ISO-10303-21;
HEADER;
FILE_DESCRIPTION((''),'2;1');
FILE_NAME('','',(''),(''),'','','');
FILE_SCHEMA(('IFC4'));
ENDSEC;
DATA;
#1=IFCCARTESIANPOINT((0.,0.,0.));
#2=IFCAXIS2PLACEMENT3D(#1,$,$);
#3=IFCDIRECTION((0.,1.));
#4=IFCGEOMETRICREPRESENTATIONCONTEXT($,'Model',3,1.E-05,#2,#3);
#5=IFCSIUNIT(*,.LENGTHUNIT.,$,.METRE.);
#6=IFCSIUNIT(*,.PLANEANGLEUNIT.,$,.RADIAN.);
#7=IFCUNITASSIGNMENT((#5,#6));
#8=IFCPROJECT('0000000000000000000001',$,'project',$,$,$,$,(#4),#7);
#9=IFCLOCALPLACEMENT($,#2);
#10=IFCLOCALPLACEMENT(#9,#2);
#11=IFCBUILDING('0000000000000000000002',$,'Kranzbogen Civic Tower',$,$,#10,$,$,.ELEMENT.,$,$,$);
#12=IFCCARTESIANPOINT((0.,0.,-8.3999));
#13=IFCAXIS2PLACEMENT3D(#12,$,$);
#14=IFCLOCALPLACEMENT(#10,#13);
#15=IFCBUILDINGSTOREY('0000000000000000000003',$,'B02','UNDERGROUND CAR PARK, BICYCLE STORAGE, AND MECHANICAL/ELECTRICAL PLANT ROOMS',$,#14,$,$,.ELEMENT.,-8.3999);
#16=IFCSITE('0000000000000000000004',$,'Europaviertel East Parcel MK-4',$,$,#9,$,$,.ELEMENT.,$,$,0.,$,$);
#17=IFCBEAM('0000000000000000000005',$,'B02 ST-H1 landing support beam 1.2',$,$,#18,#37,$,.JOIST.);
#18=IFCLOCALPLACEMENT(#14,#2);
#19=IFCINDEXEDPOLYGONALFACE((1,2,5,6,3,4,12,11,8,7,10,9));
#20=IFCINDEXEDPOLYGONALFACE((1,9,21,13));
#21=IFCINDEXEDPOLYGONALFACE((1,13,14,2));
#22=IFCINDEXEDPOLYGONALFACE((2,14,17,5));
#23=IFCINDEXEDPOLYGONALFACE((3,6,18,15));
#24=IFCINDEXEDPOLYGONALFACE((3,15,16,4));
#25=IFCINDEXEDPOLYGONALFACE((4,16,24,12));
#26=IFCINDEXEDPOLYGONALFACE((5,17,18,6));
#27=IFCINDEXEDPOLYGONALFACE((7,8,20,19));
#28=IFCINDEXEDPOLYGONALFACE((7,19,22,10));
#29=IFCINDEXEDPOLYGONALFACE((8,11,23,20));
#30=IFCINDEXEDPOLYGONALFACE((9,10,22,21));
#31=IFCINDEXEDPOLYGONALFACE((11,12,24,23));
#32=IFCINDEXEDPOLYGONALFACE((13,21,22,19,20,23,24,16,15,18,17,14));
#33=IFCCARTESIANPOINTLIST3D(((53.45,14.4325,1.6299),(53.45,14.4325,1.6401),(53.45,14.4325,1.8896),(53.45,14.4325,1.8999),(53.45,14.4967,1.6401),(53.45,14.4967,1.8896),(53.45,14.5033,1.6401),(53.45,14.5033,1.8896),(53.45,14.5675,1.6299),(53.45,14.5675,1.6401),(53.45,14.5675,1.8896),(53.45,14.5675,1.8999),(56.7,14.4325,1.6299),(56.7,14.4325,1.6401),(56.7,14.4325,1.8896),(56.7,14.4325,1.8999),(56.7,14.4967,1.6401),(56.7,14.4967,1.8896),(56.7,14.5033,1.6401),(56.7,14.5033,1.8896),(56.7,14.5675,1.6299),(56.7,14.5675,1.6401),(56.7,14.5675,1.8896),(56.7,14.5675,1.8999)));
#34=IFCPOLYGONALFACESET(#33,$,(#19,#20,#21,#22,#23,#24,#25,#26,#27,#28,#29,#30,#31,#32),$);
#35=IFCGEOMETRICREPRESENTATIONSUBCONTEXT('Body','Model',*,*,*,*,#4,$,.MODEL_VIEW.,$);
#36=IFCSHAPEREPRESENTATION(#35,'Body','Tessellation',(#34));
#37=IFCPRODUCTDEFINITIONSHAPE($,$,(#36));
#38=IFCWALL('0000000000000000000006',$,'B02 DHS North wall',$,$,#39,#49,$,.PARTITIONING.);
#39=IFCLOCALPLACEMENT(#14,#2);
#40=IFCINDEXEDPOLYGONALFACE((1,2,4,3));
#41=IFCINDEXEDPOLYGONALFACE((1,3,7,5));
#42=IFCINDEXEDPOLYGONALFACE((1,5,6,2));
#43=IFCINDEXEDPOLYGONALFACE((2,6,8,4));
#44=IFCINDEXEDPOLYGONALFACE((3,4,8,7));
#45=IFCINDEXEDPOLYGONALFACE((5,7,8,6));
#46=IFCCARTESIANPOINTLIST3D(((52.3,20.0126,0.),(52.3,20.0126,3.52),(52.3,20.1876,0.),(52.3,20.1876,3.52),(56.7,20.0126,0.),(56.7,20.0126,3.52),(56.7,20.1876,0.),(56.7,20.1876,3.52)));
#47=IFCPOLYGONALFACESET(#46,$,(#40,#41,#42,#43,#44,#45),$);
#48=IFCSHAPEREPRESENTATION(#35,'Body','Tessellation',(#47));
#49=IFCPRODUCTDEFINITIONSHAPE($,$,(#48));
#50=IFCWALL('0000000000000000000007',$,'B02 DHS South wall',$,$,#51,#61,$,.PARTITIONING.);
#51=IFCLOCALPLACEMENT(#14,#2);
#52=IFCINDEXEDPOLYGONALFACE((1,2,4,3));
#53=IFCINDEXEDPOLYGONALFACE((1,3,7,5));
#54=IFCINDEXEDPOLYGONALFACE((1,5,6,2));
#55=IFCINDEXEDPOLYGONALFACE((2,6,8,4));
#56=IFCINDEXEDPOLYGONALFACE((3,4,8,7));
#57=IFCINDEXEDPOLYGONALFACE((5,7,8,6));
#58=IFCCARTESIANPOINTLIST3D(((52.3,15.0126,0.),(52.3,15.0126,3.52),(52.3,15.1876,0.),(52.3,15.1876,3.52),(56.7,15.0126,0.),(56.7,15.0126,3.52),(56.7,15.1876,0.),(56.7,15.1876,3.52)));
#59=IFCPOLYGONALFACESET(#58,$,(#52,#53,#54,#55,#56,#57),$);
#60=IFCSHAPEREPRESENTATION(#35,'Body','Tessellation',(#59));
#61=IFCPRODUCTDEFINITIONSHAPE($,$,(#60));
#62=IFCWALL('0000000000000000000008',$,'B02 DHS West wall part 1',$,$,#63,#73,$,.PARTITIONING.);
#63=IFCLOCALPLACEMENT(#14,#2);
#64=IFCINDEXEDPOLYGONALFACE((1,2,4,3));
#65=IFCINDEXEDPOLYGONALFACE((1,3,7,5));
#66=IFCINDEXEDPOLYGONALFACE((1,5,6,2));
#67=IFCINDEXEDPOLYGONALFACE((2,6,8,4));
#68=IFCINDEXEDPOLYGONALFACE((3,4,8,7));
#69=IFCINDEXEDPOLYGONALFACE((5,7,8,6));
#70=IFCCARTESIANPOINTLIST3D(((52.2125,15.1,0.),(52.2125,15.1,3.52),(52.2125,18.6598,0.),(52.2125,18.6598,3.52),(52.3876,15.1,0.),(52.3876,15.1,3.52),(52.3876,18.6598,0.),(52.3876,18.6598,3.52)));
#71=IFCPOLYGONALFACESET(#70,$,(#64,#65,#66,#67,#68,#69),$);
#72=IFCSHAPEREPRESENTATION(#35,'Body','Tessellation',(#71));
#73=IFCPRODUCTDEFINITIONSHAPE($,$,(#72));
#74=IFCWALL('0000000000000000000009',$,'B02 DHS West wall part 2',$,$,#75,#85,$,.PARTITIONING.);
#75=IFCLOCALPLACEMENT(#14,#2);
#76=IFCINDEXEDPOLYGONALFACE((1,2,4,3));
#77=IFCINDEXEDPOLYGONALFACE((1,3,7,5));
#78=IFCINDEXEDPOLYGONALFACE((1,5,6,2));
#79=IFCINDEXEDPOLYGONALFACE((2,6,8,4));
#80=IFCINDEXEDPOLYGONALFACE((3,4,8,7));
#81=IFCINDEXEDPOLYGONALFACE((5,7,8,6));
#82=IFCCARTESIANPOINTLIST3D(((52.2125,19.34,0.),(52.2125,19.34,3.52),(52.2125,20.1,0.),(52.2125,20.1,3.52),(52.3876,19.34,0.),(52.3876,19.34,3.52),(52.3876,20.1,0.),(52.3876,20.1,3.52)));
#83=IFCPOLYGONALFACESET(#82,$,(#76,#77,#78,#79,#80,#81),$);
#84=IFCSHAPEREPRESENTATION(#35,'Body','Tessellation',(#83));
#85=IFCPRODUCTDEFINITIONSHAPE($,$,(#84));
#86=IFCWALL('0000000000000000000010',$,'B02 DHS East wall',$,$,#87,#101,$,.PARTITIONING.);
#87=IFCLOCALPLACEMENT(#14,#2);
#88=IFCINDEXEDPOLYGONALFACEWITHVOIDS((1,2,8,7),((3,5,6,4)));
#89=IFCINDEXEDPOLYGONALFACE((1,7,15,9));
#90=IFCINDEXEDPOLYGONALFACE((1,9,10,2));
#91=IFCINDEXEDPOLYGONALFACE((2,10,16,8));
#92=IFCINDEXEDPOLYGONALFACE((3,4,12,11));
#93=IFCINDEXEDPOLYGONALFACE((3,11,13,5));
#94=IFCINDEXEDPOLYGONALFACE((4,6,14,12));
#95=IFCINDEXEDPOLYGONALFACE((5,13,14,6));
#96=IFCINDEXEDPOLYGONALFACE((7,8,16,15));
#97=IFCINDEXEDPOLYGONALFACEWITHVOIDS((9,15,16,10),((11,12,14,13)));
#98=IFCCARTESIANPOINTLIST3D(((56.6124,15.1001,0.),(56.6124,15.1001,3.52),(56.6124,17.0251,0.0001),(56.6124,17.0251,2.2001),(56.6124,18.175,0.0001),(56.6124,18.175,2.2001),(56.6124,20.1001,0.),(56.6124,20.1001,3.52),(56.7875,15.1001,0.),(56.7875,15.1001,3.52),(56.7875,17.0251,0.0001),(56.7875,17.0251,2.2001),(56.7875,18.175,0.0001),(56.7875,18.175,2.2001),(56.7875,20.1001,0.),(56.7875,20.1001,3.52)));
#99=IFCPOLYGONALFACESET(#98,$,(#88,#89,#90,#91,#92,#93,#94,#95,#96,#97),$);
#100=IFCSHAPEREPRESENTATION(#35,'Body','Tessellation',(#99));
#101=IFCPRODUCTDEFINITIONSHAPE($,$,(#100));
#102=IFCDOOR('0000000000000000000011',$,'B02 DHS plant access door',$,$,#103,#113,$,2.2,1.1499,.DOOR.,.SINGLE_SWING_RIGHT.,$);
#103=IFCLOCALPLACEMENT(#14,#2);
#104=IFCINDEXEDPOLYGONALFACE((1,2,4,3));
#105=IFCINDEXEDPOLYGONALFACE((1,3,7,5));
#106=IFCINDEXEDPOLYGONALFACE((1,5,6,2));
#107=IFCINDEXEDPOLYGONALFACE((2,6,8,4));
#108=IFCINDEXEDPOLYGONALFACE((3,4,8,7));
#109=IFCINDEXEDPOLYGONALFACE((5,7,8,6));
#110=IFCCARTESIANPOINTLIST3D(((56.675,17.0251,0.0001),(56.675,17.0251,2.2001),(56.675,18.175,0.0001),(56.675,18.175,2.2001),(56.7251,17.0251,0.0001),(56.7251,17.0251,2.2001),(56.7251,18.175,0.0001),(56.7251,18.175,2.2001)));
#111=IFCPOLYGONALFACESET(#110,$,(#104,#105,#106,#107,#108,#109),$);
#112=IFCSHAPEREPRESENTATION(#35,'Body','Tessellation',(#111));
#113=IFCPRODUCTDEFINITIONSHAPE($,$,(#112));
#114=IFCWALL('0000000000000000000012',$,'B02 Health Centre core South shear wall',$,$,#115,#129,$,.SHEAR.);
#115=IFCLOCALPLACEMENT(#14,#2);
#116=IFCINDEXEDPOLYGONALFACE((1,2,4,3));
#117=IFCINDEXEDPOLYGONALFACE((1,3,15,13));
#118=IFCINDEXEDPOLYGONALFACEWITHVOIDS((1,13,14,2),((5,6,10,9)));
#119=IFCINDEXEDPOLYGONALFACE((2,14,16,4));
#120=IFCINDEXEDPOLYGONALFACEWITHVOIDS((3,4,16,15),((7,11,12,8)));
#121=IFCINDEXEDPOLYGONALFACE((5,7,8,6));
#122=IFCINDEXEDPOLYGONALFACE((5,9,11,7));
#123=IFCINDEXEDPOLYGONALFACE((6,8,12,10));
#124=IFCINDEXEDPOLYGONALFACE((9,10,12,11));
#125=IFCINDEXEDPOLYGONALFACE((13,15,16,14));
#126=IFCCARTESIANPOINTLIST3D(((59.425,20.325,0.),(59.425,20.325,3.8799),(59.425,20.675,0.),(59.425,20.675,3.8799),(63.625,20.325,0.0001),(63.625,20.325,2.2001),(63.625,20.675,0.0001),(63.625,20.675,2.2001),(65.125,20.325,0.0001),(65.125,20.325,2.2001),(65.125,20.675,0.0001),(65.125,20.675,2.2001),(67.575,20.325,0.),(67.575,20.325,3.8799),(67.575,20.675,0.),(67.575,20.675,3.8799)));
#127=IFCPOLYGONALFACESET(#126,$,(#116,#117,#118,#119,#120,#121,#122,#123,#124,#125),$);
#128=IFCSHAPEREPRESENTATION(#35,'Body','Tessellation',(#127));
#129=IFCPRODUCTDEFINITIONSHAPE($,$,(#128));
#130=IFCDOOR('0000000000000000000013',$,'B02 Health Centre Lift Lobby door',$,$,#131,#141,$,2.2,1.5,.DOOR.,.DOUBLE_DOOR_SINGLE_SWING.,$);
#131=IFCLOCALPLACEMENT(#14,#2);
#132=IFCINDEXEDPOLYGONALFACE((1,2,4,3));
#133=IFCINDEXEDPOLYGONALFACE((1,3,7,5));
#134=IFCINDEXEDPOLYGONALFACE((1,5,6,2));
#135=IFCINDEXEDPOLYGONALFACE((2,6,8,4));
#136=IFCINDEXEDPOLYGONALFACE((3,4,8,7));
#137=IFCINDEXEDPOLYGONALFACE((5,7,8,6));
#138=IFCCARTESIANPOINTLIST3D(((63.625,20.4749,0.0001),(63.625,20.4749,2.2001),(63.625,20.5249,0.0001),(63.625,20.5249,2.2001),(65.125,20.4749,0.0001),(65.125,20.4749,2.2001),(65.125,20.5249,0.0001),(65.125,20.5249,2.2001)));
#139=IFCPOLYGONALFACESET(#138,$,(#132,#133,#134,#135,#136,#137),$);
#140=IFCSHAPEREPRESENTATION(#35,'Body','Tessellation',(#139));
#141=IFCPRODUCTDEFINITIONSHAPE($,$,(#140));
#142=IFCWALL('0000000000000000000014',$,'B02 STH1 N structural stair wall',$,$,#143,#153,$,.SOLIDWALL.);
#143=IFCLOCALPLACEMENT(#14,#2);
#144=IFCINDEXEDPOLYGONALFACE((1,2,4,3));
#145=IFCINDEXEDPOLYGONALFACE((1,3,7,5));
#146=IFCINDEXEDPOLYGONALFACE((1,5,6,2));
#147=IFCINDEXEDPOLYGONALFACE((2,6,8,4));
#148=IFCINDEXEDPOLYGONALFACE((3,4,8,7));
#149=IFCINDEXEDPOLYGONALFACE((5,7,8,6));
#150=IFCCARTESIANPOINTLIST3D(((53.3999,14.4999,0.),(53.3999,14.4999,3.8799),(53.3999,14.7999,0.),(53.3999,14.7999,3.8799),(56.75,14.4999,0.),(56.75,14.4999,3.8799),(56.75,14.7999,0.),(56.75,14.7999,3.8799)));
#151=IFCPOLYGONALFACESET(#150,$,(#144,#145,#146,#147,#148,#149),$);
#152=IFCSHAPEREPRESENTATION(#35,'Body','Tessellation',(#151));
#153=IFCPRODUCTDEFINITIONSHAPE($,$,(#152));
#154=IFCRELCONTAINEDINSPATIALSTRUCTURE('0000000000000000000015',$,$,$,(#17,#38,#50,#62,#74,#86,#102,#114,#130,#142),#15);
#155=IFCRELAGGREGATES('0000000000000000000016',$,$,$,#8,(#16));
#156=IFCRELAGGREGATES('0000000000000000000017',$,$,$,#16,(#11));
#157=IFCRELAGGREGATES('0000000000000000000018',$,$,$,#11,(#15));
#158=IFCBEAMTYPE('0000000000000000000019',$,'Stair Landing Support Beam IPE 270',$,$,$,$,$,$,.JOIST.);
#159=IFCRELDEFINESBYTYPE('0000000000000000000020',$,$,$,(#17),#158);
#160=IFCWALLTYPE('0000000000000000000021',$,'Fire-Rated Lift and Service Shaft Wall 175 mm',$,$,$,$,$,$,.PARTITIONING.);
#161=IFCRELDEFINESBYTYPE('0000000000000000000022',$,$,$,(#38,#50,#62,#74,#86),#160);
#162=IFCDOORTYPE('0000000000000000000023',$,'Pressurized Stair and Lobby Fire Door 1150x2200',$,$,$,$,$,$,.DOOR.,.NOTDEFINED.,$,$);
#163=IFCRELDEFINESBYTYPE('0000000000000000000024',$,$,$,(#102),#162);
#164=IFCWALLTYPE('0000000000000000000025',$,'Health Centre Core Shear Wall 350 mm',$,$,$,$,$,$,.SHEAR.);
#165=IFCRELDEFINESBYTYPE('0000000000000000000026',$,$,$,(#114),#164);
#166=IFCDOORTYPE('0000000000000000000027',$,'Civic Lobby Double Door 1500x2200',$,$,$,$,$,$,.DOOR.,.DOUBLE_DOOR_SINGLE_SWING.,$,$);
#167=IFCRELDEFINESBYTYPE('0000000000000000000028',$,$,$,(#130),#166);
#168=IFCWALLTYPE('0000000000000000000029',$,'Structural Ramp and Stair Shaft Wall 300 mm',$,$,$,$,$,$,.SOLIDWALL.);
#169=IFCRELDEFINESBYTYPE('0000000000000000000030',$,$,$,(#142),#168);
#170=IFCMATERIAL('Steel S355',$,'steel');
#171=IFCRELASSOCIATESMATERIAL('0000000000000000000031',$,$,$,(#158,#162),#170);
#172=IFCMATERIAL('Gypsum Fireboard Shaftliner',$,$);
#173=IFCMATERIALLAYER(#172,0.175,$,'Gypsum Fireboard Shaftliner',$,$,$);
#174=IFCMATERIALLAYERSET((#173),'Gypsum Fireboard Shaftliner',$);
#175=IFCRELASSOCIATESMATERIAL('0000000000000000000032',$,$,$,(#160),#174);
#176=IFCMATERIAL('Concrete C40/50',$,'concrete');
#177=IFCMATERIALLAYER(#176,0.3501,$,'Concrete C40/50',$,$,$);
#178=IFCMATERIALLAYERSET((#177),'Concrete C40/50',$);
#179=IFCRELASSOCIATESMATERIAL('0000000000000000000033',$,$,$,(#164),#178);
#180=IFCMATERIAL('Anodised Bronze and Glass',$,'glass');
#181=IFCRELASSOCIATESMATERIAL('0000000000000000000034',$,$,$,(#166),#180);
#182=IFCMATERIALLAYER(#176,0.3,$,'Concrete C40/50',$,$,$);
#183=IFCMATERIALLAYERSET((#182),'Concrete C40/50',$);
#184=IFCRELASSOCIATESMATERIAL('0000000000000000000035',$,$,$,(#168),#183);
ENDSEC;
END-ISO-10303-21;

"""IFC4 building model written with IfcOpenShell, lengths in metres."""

from ifc_helpers import new_model, si_unit, direction, frame, frame_2d, origin, origin_2d, place, context, subcontext, project, spatial, rectangle, i_section, extrude, material, layer, layer_set, material_profile, profile_set, type_object, element, fill, save


model = new_model("IFC4")

# Units and contexts
model_context = context("Model", 3, precision=1e-05, world=origin(), true_north=direction((0.0, 1.0)))
body_context = subcontext(model_context, "Body", "Model", "MODEL_VIEW")
ifc_project = project(units=[si_unit("LENGTHUNIT", "METRE"), si_unit("PLANEANGLEUNIT", "RADIAN")], contexts=[model_context])

# Site, building, storey
site_placement = place(None, origin())
site = spatial("IfcSite", under=ifc_project, at=site_placement, Name="Europaviertel East Parcel MK-4", CompositionType="ELEMENT", RefElevation=0.0)
building_placement = place(site_placement, origin())
building = spatial("IfcBuilding", under=site, at=building_placement, Name="Kranzbogen Civic Tower", CompositionType="ELEMENT")
storey_placement = place(building_placement, frame((0.0, 0.0, -8.3999)))
storey = spatial("IfcBuildingStorey", under=building, at=storey_placement, Name="B02", Description="UNDERGROUND CAR PARK, BICYCLE STORAGE, AND MECHANICAL/ELECTRICAL PLANT ROOMS", CompositionType="ELEMENT", Elevation=-8.3999)

# Shared definitions
ifc_material_1 = material(Name="Concrete C40/50", Category="concrete")

# Shared definitions
ifc_material_2 = material(Name="Steel S355", Category="steel")

# Beam
ifc_material_profile_1 = material_profile(ifc_material_2, i_section(OverallWidth=0.135, OverallDepth=0.27, WebThickness=0.0066, FlangeThickness=0.0103, at=origin_2d()), Name="IPE 270")
ifc_profile_set_1 = profile_set([ifc_material_profile_1], Name="Steel S355")
beam_type_1 = type_object("IfcBeamType", Name="Stair Landing Support Beam IPE 270", PredefinedType="JOIST", material=ifc_profile_set_1)
beam_1_placement = place(storey_placement, frame((56.7, 14.5, 1.7649), z_axis=(-1.0, 0.0, 0.0), x_axis=(0.0, -1.0, 0.0)))
element("IfcBeam", 1, at=beam_1_placement, inside=storey, type_object=beam_type_1, Name="B02 ST-H1 landing support beam 1.2", PredefinedType="JOIST", context=body_context, shape_type="SweptSolid", body=[
    extrude(i_section(OverallWidth=0.135, OverallDepth=0.27, WebThickness=0.0066, FlangeThickness=0.0103, at=origin_2d()), origin(), (0.0, 0.0, 1.0), 3.25),
])

# Walls
ifc_material_3 = material(Name="Gypsum Fireboard Shaftliner")
ifc_layer_1 = layer(ifc_material_3, 0.175, Name="Gypsum Fireboard Shaftliner")
ifc_layer_set_1 = layer_set([ifc_layer_1], Name="Gypsum Fireboard Shaftliner")
wall_type_1 = type_object("IfcWallType", Name="Fire-Rated Lift and Service Shaft Wall 175 mm", PredefinedType="PARTITIONING", material=ifc_layer_set_1)
for number, where, z_axis, x_axis, name in (
    (2, (52.3, 20.1001, 0.0), (0.0, 0.0, 1.0), (1.0, 0.0, 0.0), "B02 DHS North wall"),
    (3, (52.3, 15.1001, 0.0), (0.0, 0.0, 1.0), (1.0, 0.0, 0.0), "B02 DHS South wall"),
):
    element("IfcWall", number, at=place(storey_placement, frame(where, z_axis=z_axis, x_axis=x_axis)), inside=storey, type_object=wall_type_1, Name=name, PredefinedType="PARTITIONING", context=body_context, shape_type="SweptSolid", body=[
        extrude(rectangle(XDim=4.3999, YDim=0.175, at=frame_2d((2.2, 0.0))), origin(), (0.0, 0.0, 1.0), 3.52),
    ])
wall_1_placement = place(storey_placement, frame((52.3, 15.1001, 0.0), z_axis=(0.0, 0.0, 1.0), x_axis=(0.0, 1.0, 0.0)))
element("IfcWall", 4, at=wall_1_placement, inside=storey, type_object=wall_type_1, Name="B02 DHS West wall part 1", PredefinedType="PARTITIONING", context=body_context, shape_type="SweptSolid", body=[
    extrude(rectangle(XDim=3.5598, YDim=0.175, at=frame_2d((1.7798, 0.0))), origin(), (0.0, 0.0, 1.0), 3.52),
])
wall_2_placement = place(storey_placement, frame((52.3, 19.3401, 0.0), z_axis=(0.0, 0.0, 1.0), x_axis=(0.0, 1.0, 0.0)))
element("IfcWall", 5, at=wall_2_placement, inside=storey, type_object=wall_type_1, Name="B02 DHS West wall part 2", PredefinedType="PARTITIONING", context=body_context, shape_type="SweptSolid", body=[
    extrude(rectangle(XDim=0.76, YDim=0.175, at=frame_2d((0.3799, 0.0))), origin(), (0.0, 0.0, 1.0), 3.52),
])

# Walls, openings, doors
wall_3_placement = place(storey_placement, frame((56.7, 15.1001, 0.0), z_axis=(0.0, 0.0, 1.0), x_axis=(0.0, 1.0, 0.0)))
wall_3 = element("IfcWall", 6, at=wall_3_placement, inside=storey, type_object=wall_type_1, Name="B02 DHS East wall", PredefinedType="PARTITIONING", context=body_context, shape_type="SweptSolid", body=[
    extrude(rectangle(XDim=5.0, YDim=0.175, at=frame_2d((2.5, 0.0))), origin(), (0.0, 0.0, 1.0), 3.52),
])
opening_1_placement = place(wall_3_placement, frame((1.925, 0.0, 0.0)))
opening_1 = element("IfcOpeningElement", 7, at=opening_1_placement, cuts=wall_3, PredefinedType="OPENING", context=body_context, shape_type="SweptSolid", body=[
    extrude(rectangle(XDim=1.1499, YDim=2.2, at=frame_2d((0.575, 1.1001))), frame((0.0, 0.0977, 0.0), z_axis=(0.0, -1.0, 0.0), x_axis=(1.0, 0.0, 0.0)), (0.0, 0.0, 1.0), 0.1951),
])
door_type_1 = type_object("IfcDoorType", Name="Pressurized Stair and Lobby Fire Door 1150x2200", OperationType="NOTDEFINED", PredefinedType="DOOR", material=ifc_material_2)
door_1_placement = place(opening_1_placement, origin())
door_1 = element("IfcDoor", 8, at=door_1_placement, inside=storey, type_object=door_type_1, Name="B02 DHS plant access door", OperationType="SINGLE_SWING_RIGHT", OverallHeight=2.2, OverallWidth=1.1499, PredefinedType="DOOR", context=body_context, shape_type="SweptSolid", body=[
    extrude(rectangle(XDim=1.1499, YDim=2.2, at=frame_2d((0.575, 1.1001))), frame((0.0, 0.0249, 0.0), z_axis=(0.0, -1.0, 0.0), x_axis=(1.0, 0.0, 0.0)), (0.0, 0.0, 1.0), 0.05),
])
fill(opening_1, door_1)
ifc_layer_2 = layer(ifc_material_1, 0.3501, Name="Concrete C40/50")
ifc_layer_set_2 = layer_set([ifc_layer_2], Name="Concrete C40/50")
wall_type_2 = type_object("IfcWallType", Name="Health Centre Core Shear Wall 350 mm", PredefinedType="SHEAR", material=ifc_layer_set_2)
wall_4_placement = place(storey_placement, frame((59.425, 20.5, 0.0), z_axis=(0.0, 0.0, 1.0), x_axis=(1.0, 0.0, 0.0)))
wall_4 = element("IfcWall", 9, at=wall_4_placement, inside=storey, type_object=wall_type_2, Name="B02 Health Centre core South shear wall", PredefinedType="SHEAR", context=body_context, shape_type="SweptSolid", body=[
    extrude(rectangle(XDim=8.1499, YDim=0.3501, at=frame_2d((4.075, 0.0))), origin(), (0.0, 0.0, 1.0), 3.8799),
])
opening_2_placement = place(wall_4_placement, frame((4.2, 0.0, 0.0)))
opening_2 = element("IfcOpeningElement", 10, at=opening_2_placement, cuts=wall_4, PredefinedType="OPENING", context=body_context, shape_type="SweptSolid", body=[
    extrude(rectangle(XDim=1.5, YDim=2.2, at=frame_2d((0.75, 1.1001))), frame((0.0, 0.1851, 0.0), z_axis=(0.0, -1.0, 0.0), x_axis=(1.0, 0.0, 0.0)), (0.0, 0.0, 1.0), 0.3701),
])
ifc_material_4 = material(Name="Anodised Bronze and Glass", Category="glass")
door_type_2 = type_object("IfcDoorType", Name="Civic Lobby Double Door 1500x2200", OperationType="DOUBLE_DOOR_SINGLE_SWING", PredefinedType="DOOR", material=ifc_material_4)
door_2_placement = place(opening_2_placement, origin())
door_2 = element("IfcDoor", 11, at=door_2_placement, inside=storey, type_object=door_type_2, Name="B02 Health Centre Lift Lobby door", OperationType="DOUBLE_DOOR_SINGLE_SWING", OverallHeight=2.2, OverallWidth=1.5, PredefinedType="DOOR", context=body_context, shape_type="SweptSolid", body=[
    extrude(rectangle(XDim=1.5, YDim=2.2, at=frame_2d((0.75, 1.1001))), frame((0.0, 0.0249, 0.0), z_axis=(0.0, -1.0, 0.0), x_axis=(1.0, 0.0, 0.0)), (0.0, 0.0, 1.0), 0.05),
])
fill(opening_2, door_2)

# Wall
ifc_layer_3 = layer(ifc_material_1, 0.3, Name="Concrete C40/50")
ifc_layer_set_3 = layer_set([ifc_layer_3], Name="Concrete C40/50")
wall_type_3 = type_object("IfcWallType", Name="Structural Ramp and Stair Shaft Wall 300 mm", PredefinedType="SOLIDWALL", material=ifc_layer_set_3)
wall_5_placement = place(storey_placement, frame((53.3999, 14.6499, 0.0), z_axis=(0.0, 0.0, 1.0), x_axis=(1.0, 0.0, 0.0)))
element("IfcWall", 12, at=wall_5_placement, inside=storey, type_object=wall_type_3, Name="B02 STH1 N structural stair wall", PredefinedType="SOLIDWALL", context=body_context, shape_type="SweptSolid", body=[
    extrude(rectangle(XDim=3.3501, YDim=0.3, at=frame_2d((1.675, 0.0))), origin(), (0.0, 0.0, 1.0), 3.8799),
])

save(model, "model.ifc")
